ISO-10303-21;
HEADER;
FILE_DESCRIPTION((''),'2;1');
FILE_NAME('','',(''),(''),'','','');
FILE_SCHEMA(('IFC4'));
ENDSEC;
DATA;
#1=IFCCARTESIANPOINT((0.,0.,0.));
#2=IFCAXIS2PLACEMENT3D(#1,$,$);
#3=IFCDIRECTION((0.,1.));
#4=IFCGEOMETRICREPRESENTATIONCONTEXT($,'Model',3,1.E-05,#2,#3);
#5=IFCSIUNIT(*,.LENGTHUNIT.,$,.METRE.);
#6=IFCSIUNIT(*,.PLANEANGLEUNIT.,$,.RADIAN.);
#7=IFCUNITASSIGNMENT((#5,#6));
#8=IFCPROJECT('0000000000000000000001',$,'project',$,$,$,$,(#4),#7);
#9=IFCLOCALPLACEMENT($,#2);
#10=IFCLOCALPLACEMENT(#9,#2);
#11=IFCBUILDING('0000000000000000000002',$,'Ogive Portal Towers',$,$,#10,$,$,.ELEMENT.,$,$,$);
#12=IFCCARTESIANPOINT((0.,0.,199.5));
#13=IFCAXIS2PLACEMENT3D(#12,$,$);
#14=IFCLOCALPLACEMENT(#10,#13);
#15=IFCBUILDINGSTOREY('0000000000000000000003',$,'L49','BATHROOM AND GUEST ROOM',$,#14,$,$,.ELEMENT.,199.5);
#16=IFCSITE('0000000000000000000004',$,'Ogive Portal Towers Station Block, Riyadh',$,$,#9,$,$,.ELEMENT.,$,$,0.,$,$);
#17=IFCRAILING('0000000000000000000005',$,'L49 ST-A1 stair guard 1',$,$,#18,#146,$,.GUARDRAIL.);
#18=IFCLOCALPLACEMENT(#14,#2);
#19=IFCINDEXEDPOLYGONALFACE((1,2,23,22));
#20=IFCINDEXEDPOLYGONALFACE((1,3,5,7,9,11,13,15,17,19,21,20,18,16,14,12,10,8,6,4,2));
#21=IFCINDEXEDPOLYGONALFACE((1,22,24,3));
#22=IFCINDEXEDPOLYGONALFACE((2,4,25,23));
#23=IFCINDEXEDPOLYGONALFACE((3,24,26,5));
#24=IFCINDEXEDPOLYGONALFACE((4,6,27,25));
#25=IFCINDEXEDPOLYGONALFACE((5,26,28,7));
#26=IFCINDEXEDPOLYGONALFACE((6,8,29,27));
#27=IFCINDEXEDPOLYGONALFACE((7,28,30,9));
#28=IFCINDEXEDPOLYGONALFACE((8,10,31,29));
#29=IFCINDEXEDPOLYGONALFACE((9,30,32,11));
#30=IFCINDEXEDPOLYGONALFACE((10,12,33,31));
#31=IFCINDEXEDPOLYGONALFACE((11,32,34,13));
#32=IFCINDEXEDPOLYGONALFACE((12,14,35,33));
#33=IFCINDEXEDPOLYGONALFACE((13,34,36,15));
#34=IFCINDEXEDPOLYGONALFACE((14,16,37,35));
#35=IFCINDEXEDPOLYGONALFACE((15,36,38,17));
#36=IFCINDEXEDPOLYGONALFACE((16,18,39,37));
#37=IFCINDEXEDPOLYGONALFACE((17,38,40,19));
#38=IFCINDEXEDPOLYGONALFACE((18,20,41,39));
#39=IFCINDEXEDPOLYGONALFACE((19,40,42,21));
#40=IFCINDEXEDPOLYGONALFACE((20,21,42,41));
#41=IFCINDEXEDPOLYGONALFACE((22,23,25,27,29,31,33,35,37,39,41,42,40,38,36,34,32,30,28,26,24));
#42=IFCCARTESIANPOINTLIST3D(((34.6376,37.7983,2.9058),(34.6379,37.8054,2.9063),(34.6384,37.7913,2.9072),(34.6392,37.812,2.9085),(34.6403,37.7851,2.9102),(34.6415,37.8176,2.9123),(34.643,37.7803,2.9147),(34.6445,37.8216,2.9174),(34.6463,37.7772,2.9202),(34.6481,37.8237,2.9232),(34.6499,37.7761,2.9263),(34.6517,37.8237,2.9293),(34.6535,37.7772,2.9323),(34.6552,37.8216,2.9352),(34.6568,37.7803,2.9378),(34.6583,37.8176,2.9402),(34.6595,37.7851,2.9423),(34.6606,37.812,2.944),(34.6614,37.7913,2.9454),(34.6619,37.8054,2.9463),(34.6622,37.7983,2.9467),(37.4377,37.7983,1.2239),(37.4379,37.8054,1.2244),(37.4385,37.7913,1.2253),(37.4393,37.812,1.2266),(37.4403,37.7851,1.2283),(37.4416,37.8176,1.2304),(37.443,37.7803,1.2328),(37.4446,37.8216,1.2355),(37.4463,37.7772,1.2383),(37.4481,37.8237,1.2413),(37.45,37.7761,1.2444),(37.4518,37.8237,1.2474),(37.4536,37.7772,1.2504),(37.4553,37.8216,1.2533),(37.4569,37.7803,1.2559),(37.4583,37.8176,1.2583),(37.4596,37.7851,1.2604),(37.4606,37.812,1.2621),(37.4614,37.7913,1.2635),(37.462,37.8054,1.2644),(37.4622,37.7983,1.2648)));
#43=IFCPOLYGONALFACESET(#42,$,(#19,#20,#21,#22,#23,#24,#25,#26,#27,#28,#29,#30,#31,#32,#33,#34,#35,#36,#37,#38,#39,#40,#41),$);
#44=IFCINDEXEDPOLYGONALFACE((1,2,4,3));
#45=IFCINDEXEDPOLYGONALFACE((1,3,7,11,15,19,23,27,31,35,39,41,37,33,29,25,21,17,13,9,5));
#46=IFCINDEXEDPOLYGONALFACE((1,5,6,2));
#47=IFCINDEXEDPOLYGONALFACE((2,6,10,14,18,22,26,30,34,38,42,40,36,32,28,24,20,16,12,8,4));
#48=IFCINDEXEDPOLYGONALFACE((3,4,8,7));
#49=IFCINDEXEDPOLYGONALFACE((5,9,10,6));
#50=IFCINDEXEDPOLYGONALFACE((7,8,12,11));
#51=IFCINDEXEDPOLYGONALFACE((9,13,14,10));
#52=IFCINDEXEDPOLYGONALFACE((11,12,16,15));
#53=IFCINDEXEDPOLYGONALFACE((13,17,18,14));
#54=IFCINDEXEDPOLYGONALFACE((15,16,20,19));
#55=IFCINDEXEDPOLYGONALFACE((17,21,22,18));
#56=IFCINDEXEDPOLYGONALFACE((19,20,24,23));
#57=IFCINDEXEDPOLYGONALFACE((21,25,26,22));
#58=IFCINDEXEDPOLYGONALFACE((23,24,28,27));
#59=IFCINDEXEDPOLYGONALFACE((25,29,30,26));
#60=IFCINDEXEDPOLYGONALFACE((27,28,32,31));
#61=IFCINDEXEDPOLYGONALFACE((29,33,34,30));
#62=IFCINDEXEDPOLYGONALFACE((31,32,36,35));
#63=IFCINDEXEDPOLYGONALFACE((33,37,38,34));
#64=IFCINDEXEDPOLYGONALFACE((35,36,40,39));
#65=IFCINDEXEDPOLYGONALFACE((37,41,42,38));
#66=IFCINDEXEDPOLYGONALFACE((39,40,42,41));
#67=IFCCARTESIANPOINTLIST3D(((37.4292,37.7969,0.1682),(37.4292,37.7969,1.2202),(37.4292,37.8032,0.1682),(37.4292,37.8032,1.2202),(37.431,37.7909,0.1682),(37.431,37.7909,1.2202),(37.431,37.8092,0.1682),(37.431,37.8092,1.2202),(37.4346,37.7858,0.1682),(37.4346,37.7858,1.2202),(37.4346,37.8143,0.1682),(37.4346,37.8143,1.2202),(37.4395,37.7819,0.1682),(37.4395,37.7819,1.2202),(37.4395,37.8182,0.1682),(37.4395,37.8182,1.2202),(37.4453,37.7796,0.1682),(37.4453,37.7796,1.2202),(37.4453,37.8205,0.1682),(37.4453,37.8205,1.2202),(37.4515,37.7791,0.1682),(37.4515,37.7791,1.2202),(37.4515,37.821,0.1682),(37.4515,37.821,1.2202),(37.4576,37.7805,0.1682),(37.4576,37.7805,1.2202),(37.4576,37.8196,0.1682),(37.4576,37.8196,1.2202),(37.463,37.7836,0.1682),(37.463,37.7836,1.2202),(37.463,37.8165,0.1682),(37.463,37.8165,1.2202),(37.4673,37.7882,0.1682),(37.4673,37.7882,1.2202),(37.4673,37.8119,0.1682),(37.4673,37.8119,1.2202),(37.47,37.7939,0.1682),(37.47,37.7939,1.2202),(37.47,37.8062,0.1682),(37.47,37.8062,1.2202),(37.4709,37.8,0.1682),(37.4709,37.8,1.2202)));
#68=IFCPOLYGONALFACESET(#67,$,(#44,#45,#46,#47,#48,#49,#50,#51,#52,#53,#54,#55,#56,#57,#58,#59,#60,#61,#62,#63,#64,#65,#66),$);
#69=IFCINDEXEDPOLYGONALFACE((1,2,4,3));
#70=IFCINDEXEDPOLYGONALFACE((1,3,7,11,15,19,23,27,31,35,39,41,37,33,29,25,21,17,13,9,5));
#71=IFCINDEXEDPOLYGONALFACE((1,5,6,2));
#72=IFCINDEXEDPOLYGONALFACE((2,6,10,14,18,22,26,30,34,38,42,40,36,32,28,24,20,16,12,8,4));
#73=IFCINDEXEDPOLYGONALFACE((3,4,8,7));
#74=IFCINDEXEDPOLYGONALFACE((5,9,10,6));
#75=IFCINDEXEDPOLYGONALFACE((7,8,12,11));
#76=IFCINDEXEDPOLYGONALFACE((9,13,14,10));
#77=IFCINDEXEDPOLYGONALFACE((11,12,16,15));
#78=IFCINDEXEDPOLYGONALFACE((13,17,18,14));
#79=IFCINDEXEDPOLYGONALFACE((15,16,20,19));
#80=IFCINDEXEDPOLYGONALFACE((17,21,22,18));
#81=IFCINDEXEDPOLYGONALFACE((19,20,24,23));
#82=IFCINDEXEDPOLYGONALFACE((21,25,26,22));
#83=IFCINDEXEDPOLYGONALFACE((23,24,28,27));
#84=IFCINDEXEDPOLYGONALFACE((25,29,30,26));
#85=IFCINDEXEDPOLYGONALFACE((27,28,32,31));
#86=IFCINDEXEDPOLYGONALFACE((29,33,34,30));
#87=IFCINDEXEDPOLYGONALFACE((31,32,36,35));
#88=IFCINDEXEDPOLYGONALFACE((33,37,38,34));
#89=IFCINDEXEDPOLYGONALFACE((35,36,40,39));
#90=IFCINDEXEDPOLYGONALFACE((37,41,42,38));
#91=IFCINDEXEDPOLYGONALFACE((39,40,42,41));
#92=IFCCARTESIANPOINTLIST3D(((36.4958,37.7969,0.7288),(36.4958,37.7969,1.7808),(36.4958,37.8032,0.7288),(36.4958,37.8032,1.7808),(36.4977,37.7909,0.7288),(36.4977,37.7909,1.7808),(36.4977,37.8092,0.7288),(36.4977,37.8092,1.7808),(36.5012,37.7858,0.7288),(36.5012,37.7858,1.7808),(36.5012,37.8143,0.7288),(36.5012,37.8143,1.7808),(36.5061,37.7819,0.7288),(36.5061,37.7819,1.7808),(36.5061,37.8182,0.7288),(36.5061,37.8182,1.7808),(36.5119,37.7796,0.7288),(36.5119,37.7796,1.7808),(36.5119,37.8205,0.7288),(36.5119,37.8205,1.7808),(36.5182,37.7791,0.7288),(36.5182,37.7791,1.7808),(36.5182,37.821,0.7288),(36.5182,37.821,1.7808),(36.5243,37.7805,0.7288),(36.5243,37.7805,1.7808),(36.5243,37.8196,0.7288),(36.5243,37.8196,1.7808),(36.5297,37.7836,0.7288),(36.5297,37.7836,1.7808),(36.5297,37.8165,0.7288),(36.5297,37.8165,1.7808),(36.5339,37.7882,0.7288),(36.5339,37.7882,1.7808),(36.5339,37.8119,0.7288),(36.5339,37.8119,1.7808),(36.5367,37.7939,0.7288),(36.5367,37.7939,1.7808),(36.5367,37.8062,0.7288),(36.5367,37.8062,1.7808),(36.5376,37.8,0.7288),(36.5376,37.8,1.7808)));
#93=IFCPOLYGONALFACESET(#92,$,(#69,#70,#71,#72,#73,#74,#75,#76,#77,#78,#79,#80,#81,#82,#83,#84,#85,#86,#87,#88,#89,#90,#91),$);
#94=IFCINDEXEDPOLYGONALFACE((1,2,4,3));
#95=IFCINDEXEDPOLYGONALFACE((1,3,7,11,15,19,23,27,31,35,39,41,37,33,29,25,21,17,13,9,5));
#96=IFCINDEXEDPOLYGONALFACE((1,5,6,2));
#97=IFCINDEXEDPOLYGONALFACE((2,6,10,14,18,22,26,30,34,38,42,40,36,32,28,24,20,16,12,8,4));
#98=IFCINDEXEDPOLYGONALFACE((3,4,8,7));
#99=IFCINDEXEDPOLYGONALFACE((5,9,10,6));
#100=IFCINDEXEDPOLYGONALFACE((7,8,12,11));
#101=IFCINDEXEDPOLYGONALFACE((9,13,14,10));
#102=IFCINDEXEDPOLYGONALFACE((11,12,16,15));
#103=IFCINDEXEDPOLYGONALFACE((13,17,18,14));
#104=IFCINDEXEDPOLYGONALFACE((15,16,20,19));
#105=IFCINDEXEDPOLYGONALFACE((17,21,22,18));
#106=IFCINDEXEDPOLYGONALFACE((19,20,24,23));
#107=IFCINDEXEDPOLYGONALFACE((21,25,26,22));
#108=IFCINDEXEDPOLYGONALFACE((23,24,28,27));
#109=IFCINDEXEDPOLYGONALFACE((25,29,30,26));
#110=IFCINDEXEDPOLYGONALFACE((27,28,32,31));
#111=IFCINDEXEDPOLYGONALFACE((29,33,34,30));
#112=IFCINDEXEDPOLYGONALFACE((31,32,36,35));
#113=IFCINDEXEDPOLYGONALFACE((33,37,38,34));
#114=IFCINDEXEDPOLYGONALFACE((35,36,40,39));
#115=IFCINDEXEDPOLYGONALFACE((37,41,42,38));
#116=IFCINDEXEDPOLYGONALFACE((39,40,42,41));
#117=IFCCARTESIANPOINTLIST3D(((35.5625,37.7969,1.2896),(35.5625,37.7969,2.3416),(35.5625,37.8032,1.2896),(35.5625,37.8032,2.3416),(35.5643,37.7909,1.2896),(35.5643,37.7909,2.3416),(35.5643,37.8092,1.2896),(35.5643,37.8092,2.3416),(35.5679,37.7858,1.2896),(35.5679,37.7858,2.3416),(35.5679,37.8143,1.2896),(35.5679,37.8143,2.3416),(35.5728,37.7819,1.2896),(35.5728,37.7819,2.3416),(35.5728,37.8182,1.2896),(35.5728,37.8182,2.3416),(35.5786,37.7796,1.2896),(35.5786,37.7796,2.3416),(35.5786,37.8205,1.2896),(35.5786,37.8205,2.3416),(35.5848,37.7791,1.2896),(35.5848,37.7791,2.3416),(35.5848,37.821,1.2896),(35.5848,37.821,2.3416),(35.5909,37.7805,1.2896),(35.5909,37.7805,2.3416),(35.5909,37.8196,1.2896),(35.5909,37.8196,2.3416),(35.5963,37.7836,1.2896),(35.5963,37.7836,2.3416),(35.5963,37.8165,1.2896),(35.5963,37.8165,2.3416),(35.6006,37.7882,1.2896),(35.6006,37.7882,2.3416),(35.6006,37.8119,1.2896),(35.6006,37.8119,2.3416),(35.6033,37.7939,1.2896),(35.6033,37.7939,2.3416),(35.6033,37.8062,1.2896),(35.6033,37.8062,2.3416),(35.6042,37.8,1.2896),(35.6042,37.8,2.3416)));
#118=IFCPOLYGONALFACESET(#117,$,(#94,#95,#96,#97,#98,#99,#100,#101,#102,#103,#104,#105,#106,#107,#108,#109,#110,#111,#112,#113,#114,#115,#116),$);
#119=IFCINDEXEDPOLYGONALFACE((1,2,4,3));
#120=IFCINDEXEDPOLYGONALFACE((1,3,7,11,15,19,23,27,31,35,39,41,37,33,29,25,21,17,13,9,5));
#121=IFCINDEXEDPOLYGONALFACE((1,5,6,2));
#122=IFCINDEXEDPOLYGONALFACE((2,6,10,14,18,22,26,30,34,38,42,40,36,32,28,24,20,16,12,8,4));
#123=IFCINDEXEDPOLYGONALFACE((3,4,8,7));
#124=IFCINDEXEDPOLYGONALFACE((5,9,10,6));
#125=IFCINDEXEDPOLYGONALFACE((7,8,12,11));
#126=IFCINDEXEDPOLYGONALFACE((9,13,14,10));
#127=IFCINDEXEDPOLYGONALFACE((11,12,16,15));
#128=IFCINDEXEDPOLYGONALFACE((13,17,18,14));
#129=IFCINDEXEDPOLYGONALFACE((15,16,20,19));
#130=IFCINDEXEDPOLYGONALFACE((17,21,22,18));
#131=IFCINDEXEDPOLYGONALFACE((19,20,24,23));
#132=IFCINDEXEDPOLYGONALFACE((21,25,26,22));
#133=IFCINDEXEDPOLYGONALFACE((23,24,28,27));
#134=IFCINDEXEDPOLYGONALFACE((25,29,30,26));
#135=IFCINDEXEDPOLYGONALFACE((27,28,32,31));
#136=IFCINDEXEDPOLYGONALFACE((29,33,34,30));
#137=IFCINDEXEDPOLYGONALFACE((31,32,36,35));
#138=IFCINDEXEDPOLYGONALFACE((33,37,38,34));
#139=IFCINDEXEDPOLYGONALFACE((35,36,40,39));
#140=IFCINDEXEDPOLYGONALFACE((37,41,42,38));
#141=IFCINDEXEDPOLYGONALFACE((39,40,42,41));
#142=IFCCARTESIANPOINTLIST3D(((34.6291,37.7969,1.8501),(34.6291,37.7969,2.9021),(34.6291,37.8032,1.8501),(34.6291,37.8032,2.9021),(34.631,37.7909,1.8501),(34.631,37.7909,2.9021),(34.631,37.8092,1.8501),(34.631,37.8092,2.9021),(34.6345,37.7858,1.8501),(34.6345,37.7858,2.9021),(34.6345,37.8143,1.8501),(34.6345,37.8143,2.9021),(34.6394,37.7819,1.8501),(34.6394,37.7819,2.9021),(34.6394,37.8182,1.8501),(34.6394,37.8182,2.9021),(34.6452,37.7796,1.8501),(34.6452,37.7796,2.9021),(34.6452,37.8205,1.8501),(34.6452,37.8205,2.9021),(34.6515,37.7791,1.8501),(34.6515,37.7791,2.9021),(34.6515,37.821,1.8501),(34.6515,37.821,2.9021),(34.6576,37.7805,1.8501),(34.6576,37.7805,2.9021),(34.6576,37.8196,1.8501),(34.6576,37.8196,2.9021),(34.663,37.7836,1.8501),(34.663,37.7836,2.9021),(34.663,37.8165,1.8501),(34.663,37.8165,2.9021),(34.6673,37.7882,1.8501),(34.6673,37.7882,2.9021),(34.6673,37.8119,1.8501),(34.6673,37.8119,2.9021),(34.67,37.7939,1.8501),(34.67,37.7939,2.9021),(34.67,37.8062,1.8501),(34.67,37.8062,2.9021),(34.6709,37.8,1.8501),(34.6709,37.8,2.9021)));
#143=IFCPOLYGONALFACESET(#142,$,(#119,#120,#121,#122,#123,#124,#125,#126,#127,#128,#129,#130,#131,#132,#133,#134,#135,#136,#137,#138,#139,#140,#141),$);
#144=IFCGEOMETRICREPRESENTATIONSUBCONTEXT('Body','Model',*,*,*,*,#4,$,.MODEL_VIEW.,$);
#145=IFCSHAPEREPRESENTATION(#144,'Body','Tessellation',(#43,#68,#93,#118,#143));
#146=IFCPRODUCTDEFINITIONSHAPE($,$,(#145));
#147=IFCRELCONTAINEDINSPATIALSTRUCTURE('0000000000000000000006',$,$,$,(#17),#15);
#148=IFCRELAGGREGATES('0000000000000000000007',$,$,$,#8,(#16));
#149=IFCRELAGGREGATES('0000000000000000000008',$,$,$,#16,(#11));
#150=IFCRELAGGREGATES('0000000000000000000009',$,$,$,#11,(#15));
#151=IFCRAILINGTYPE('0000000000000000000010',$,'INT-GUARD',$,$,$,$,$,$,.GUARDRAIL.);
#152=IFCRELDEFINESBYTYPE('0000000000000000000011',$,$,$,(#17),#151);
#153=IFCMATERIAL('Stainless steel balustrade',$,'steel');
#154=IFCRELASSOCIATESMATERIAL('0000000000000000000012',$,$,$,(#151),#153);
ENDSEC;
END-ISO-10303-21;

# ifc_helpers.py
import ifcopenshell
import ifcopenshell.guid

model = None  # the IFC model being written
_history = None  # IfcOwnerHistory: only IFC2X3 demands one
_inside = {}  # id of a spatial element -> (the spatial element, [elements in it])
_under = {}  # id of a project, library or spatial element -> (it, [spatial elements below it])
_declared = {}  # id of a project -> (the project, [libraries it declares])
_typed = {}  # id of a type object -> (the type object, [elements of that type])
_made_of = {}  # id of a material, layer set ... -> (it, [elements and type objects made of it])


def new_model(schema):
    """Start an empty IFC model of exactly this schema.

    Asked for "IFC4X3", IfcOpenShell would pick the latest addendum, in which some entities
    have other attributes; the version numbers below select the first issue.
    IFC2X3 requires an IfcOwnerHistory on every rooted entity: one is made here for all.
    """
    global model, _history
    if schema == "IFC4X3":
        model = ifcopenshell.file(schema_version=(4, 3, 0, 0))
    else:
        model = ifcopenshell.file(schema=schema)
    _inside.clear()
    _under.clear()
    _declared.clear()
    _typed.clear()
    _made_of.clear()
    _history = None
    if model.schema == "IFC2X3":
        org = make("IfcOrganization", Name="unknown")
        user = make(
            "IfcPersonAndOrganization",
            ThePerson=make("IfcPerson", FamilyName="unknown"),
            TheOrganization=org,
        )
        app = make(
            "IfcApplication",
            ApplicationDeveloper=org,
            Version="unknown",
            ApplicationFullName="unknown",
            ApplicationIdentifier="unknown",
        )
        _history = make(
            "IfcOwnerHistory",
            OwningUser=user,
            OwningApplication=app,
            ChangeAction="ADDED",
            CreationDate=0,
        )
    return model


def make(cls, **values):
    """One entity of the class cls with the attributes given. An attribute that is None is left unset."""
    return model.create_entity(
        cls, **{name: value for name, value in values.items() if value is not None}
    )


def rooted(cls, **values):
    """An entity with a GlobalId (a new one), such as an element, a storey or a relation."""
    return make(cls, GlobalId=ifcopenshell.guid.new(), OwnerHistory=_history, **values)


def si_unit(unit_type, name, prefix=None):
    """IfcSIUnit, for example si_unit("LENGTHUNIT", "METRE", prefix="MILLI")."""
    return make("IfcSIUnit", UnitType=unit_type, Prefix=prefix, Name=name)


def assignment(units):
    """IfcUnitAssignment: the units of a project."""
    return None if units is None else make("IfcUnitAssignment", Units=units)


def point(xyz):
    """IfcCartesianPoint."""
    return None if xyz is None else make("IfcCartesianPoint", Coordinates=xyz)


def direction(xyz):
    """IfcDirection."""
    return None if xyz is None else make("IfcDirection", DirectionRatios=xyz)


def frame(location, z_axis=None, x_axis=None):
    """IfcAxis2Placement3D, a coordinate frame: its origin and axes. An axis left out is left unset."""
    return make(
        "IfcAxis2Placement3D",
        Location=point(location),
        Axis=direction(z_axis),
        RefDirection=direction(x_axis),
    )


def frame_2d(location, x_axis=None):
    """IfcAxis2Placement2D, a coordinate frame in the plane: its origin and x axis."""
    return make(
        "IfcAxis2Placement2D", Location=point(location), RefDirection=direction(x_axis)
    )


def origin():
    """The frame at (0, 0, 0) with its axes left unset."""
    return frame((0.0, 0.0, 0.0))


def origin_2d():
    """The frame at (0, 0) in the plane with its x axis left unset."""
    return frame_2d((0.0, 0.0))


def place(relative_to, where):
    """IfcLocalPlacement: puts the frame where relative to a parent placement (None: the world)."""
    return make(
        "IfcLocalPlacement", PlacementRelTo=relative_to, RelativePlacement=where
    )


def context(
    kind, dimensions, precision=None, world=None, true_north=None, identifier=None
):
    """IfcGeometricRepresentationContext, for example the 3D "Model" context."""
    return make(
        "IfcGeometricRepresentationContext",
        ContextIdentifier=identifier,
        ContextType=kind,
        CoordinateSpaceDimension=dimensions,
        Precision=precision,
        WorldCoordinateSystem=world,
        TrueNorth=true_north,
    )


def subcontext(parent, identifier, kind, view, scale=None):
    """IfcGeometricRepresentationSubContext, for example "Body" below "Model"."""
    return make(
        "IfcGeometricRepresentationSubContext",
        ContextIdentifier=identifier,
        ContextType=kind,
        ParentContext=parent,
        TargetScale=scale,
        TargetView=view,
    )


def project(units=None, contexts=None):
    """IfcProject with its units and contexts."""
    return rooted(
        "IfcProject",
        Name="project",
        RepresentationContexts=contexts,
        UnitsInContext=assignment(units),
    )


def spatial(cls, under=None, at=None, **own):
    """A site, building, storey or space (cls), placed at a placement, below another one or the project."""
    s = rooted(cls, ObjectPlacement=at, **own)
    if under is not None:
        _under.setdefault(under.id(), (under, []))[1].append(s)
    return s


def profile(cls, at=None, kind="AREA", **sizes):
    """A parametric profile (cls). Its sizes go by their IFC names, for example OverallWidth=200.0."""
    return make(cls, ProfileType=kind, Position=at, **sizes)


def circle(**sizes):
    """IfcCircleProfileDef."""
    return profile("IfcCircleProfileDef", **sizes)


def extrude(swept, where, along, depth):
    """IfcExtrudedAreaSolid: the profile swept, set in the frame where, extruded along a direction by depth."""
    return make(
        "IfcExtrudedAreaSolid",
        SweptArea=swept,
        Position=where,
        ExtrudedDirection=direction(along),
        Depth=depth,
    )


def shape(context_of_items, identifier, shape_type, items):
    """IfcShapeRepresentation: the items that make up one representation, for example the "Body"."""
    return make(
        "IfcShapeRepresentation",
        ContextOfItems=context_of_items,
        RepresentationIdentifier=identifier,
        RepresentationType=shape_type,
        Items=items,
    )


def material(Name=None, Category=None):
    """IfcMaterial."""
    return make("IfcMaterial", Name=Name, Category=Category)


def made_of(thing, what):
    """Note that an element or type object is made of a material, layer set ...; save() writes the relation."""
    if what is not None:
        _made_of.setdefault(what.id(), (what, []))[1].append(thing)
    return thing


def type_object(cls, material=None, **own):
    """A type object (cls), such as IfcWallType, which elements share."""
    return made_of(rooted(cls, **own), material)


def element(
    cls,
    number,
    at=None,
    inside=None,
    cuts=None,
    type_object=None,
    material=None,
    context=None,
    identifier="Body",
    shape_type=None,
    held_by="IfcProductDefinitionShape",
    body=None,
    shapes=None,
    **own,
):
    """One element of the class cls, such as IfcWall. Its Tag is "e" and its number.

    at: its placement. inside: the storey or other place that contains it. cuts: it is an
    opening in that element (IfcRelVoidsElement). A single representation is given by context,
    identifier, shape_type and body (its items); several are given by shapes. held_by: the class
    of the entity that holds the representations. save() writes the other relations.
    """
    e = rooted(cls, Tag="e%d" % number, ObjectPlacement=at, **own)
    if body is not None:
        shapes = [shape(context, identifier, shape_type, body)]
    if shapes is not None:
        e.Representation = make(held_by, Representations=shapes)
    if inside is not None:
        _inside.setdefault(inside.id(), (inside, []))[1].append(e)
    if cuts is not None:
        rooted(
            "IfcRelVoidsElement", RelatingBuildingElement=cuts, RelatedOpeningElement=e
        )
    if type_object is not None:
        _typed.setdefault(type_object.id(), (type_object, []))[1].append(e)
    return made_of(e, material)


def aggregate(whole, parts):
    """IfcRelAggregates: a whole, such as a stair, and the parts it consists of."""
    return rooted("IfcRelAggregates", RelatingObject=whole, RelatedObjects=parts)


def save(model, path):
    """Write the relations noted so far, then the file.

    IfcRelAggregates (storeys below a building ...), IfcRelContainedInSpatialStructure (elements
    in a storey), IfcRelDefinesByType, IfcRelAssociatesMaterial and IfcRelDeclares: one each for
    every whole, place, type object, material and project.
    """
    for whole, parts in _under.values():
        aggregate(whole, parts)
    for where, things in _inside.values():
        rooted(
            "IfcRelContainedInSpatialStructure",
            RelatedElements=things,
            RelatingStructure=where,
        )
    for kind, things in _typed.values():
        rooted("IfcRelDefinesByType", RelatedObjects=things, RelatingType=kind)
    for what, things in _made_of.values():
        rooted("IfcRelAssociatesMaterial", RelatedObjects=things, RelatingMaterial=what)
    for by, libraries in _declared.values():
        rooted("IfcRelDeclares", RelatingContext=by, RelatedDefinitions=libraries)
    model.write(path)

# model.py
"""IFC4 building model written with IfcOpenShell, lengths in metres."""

from ifc_helpers import new_model, si_unit, direction, frame, origin, origin_2d, place, context, subcontext, project, spatial, circle, extrude, material, type_object, element, save


model = new_model("IFC4")

# Units and contexts
model_context = context("Model", 3, precision=1e-05, world=origin(), true_north=direction((0.0, 1.0)))
body_context = subcontext(model_context, "Body", "Model", "MODEL_VIEW")
ifc_project = project(units=[si_unit("LENGTHUNIT", "METRE"), si_unit("PLANEANGLEUNIT", "RADIAN")], contexts=[model_context])

# Site, building, storey
site_placement = place(None, origin())
site = spatial("IfcSite", under=ifc_project, at=site_placement, Name="Ogive Portal Towers Station Block, Riyadh", CompositionType="ELEMENT", RefElevation=0.0)
building_placement = place(site_placement, origin())
building = spatial("IfcBuilding", under=site, at=building_placement, Name="Ogive Portal Towers", CompositionType="ELEMENT")
storey_placement = place(building_placement, frame((0.0, 0.0, 199.5)))
storey = spatial("IfcBuildingStorey", under=building, at=storey_placement, Name="L49", Description="BATHROOM AND GUEST ROOM", CompositionType="ELEMENT", Elevation=199.5)

# Railing
ifc_material_1 = material(Name="Stainless steel balustrade", Category="steel")
railing_type_1 = type_object("IfcRailingType", Name="INT-GUARD", PredefinedType="GUARDRAIL", material=ifc_material_1)
railing_1_placement = place(storey_placement, frame((37.45, 37.8, 0.1682)))
element("IfcRailing", 1, at=railing_1_placement, inside=storey, type_object=railing_type_1, Name="L49 ST-A1 stair guard 1", PredefinedType="GUARDRAIL", context=body_context, shape_type="SweptSolid", body=[
    extrude(circle(Radius=0.0239, at=origin_2d()), frame((0.0, 0.0, 1.0762), z_axis=(-0.857242, 0.0, 0.514913), x_axis=(0.0, -1.0, 0.0)), (0.0, 0.0, 1.0), 3.2664),
    extrude(circle(Radius=0.021, at=origin_2d()), origin(), (0.0, 0.0, 1.0), 1.052),
    extrude(circle(Radius=0.021, at=origin_2d()), frame((-0.9333, 0.0, 0.5605)), (0.0, 0.0, 1.0), 1.052),
    extrude(circle(Radius=0.021, at=origin_2d()), frame((-1.8667, 0.0, 1.1213)), (0.0, 0.0, 1.0), 1.052),
    extrude(circle(Radius=0.021, at=origin_2d()), frame((-2.8, 0.0, 1.6819)), (0.0, 0.0, 1.0), 1.052),
])

save(model, "model.ifc")
